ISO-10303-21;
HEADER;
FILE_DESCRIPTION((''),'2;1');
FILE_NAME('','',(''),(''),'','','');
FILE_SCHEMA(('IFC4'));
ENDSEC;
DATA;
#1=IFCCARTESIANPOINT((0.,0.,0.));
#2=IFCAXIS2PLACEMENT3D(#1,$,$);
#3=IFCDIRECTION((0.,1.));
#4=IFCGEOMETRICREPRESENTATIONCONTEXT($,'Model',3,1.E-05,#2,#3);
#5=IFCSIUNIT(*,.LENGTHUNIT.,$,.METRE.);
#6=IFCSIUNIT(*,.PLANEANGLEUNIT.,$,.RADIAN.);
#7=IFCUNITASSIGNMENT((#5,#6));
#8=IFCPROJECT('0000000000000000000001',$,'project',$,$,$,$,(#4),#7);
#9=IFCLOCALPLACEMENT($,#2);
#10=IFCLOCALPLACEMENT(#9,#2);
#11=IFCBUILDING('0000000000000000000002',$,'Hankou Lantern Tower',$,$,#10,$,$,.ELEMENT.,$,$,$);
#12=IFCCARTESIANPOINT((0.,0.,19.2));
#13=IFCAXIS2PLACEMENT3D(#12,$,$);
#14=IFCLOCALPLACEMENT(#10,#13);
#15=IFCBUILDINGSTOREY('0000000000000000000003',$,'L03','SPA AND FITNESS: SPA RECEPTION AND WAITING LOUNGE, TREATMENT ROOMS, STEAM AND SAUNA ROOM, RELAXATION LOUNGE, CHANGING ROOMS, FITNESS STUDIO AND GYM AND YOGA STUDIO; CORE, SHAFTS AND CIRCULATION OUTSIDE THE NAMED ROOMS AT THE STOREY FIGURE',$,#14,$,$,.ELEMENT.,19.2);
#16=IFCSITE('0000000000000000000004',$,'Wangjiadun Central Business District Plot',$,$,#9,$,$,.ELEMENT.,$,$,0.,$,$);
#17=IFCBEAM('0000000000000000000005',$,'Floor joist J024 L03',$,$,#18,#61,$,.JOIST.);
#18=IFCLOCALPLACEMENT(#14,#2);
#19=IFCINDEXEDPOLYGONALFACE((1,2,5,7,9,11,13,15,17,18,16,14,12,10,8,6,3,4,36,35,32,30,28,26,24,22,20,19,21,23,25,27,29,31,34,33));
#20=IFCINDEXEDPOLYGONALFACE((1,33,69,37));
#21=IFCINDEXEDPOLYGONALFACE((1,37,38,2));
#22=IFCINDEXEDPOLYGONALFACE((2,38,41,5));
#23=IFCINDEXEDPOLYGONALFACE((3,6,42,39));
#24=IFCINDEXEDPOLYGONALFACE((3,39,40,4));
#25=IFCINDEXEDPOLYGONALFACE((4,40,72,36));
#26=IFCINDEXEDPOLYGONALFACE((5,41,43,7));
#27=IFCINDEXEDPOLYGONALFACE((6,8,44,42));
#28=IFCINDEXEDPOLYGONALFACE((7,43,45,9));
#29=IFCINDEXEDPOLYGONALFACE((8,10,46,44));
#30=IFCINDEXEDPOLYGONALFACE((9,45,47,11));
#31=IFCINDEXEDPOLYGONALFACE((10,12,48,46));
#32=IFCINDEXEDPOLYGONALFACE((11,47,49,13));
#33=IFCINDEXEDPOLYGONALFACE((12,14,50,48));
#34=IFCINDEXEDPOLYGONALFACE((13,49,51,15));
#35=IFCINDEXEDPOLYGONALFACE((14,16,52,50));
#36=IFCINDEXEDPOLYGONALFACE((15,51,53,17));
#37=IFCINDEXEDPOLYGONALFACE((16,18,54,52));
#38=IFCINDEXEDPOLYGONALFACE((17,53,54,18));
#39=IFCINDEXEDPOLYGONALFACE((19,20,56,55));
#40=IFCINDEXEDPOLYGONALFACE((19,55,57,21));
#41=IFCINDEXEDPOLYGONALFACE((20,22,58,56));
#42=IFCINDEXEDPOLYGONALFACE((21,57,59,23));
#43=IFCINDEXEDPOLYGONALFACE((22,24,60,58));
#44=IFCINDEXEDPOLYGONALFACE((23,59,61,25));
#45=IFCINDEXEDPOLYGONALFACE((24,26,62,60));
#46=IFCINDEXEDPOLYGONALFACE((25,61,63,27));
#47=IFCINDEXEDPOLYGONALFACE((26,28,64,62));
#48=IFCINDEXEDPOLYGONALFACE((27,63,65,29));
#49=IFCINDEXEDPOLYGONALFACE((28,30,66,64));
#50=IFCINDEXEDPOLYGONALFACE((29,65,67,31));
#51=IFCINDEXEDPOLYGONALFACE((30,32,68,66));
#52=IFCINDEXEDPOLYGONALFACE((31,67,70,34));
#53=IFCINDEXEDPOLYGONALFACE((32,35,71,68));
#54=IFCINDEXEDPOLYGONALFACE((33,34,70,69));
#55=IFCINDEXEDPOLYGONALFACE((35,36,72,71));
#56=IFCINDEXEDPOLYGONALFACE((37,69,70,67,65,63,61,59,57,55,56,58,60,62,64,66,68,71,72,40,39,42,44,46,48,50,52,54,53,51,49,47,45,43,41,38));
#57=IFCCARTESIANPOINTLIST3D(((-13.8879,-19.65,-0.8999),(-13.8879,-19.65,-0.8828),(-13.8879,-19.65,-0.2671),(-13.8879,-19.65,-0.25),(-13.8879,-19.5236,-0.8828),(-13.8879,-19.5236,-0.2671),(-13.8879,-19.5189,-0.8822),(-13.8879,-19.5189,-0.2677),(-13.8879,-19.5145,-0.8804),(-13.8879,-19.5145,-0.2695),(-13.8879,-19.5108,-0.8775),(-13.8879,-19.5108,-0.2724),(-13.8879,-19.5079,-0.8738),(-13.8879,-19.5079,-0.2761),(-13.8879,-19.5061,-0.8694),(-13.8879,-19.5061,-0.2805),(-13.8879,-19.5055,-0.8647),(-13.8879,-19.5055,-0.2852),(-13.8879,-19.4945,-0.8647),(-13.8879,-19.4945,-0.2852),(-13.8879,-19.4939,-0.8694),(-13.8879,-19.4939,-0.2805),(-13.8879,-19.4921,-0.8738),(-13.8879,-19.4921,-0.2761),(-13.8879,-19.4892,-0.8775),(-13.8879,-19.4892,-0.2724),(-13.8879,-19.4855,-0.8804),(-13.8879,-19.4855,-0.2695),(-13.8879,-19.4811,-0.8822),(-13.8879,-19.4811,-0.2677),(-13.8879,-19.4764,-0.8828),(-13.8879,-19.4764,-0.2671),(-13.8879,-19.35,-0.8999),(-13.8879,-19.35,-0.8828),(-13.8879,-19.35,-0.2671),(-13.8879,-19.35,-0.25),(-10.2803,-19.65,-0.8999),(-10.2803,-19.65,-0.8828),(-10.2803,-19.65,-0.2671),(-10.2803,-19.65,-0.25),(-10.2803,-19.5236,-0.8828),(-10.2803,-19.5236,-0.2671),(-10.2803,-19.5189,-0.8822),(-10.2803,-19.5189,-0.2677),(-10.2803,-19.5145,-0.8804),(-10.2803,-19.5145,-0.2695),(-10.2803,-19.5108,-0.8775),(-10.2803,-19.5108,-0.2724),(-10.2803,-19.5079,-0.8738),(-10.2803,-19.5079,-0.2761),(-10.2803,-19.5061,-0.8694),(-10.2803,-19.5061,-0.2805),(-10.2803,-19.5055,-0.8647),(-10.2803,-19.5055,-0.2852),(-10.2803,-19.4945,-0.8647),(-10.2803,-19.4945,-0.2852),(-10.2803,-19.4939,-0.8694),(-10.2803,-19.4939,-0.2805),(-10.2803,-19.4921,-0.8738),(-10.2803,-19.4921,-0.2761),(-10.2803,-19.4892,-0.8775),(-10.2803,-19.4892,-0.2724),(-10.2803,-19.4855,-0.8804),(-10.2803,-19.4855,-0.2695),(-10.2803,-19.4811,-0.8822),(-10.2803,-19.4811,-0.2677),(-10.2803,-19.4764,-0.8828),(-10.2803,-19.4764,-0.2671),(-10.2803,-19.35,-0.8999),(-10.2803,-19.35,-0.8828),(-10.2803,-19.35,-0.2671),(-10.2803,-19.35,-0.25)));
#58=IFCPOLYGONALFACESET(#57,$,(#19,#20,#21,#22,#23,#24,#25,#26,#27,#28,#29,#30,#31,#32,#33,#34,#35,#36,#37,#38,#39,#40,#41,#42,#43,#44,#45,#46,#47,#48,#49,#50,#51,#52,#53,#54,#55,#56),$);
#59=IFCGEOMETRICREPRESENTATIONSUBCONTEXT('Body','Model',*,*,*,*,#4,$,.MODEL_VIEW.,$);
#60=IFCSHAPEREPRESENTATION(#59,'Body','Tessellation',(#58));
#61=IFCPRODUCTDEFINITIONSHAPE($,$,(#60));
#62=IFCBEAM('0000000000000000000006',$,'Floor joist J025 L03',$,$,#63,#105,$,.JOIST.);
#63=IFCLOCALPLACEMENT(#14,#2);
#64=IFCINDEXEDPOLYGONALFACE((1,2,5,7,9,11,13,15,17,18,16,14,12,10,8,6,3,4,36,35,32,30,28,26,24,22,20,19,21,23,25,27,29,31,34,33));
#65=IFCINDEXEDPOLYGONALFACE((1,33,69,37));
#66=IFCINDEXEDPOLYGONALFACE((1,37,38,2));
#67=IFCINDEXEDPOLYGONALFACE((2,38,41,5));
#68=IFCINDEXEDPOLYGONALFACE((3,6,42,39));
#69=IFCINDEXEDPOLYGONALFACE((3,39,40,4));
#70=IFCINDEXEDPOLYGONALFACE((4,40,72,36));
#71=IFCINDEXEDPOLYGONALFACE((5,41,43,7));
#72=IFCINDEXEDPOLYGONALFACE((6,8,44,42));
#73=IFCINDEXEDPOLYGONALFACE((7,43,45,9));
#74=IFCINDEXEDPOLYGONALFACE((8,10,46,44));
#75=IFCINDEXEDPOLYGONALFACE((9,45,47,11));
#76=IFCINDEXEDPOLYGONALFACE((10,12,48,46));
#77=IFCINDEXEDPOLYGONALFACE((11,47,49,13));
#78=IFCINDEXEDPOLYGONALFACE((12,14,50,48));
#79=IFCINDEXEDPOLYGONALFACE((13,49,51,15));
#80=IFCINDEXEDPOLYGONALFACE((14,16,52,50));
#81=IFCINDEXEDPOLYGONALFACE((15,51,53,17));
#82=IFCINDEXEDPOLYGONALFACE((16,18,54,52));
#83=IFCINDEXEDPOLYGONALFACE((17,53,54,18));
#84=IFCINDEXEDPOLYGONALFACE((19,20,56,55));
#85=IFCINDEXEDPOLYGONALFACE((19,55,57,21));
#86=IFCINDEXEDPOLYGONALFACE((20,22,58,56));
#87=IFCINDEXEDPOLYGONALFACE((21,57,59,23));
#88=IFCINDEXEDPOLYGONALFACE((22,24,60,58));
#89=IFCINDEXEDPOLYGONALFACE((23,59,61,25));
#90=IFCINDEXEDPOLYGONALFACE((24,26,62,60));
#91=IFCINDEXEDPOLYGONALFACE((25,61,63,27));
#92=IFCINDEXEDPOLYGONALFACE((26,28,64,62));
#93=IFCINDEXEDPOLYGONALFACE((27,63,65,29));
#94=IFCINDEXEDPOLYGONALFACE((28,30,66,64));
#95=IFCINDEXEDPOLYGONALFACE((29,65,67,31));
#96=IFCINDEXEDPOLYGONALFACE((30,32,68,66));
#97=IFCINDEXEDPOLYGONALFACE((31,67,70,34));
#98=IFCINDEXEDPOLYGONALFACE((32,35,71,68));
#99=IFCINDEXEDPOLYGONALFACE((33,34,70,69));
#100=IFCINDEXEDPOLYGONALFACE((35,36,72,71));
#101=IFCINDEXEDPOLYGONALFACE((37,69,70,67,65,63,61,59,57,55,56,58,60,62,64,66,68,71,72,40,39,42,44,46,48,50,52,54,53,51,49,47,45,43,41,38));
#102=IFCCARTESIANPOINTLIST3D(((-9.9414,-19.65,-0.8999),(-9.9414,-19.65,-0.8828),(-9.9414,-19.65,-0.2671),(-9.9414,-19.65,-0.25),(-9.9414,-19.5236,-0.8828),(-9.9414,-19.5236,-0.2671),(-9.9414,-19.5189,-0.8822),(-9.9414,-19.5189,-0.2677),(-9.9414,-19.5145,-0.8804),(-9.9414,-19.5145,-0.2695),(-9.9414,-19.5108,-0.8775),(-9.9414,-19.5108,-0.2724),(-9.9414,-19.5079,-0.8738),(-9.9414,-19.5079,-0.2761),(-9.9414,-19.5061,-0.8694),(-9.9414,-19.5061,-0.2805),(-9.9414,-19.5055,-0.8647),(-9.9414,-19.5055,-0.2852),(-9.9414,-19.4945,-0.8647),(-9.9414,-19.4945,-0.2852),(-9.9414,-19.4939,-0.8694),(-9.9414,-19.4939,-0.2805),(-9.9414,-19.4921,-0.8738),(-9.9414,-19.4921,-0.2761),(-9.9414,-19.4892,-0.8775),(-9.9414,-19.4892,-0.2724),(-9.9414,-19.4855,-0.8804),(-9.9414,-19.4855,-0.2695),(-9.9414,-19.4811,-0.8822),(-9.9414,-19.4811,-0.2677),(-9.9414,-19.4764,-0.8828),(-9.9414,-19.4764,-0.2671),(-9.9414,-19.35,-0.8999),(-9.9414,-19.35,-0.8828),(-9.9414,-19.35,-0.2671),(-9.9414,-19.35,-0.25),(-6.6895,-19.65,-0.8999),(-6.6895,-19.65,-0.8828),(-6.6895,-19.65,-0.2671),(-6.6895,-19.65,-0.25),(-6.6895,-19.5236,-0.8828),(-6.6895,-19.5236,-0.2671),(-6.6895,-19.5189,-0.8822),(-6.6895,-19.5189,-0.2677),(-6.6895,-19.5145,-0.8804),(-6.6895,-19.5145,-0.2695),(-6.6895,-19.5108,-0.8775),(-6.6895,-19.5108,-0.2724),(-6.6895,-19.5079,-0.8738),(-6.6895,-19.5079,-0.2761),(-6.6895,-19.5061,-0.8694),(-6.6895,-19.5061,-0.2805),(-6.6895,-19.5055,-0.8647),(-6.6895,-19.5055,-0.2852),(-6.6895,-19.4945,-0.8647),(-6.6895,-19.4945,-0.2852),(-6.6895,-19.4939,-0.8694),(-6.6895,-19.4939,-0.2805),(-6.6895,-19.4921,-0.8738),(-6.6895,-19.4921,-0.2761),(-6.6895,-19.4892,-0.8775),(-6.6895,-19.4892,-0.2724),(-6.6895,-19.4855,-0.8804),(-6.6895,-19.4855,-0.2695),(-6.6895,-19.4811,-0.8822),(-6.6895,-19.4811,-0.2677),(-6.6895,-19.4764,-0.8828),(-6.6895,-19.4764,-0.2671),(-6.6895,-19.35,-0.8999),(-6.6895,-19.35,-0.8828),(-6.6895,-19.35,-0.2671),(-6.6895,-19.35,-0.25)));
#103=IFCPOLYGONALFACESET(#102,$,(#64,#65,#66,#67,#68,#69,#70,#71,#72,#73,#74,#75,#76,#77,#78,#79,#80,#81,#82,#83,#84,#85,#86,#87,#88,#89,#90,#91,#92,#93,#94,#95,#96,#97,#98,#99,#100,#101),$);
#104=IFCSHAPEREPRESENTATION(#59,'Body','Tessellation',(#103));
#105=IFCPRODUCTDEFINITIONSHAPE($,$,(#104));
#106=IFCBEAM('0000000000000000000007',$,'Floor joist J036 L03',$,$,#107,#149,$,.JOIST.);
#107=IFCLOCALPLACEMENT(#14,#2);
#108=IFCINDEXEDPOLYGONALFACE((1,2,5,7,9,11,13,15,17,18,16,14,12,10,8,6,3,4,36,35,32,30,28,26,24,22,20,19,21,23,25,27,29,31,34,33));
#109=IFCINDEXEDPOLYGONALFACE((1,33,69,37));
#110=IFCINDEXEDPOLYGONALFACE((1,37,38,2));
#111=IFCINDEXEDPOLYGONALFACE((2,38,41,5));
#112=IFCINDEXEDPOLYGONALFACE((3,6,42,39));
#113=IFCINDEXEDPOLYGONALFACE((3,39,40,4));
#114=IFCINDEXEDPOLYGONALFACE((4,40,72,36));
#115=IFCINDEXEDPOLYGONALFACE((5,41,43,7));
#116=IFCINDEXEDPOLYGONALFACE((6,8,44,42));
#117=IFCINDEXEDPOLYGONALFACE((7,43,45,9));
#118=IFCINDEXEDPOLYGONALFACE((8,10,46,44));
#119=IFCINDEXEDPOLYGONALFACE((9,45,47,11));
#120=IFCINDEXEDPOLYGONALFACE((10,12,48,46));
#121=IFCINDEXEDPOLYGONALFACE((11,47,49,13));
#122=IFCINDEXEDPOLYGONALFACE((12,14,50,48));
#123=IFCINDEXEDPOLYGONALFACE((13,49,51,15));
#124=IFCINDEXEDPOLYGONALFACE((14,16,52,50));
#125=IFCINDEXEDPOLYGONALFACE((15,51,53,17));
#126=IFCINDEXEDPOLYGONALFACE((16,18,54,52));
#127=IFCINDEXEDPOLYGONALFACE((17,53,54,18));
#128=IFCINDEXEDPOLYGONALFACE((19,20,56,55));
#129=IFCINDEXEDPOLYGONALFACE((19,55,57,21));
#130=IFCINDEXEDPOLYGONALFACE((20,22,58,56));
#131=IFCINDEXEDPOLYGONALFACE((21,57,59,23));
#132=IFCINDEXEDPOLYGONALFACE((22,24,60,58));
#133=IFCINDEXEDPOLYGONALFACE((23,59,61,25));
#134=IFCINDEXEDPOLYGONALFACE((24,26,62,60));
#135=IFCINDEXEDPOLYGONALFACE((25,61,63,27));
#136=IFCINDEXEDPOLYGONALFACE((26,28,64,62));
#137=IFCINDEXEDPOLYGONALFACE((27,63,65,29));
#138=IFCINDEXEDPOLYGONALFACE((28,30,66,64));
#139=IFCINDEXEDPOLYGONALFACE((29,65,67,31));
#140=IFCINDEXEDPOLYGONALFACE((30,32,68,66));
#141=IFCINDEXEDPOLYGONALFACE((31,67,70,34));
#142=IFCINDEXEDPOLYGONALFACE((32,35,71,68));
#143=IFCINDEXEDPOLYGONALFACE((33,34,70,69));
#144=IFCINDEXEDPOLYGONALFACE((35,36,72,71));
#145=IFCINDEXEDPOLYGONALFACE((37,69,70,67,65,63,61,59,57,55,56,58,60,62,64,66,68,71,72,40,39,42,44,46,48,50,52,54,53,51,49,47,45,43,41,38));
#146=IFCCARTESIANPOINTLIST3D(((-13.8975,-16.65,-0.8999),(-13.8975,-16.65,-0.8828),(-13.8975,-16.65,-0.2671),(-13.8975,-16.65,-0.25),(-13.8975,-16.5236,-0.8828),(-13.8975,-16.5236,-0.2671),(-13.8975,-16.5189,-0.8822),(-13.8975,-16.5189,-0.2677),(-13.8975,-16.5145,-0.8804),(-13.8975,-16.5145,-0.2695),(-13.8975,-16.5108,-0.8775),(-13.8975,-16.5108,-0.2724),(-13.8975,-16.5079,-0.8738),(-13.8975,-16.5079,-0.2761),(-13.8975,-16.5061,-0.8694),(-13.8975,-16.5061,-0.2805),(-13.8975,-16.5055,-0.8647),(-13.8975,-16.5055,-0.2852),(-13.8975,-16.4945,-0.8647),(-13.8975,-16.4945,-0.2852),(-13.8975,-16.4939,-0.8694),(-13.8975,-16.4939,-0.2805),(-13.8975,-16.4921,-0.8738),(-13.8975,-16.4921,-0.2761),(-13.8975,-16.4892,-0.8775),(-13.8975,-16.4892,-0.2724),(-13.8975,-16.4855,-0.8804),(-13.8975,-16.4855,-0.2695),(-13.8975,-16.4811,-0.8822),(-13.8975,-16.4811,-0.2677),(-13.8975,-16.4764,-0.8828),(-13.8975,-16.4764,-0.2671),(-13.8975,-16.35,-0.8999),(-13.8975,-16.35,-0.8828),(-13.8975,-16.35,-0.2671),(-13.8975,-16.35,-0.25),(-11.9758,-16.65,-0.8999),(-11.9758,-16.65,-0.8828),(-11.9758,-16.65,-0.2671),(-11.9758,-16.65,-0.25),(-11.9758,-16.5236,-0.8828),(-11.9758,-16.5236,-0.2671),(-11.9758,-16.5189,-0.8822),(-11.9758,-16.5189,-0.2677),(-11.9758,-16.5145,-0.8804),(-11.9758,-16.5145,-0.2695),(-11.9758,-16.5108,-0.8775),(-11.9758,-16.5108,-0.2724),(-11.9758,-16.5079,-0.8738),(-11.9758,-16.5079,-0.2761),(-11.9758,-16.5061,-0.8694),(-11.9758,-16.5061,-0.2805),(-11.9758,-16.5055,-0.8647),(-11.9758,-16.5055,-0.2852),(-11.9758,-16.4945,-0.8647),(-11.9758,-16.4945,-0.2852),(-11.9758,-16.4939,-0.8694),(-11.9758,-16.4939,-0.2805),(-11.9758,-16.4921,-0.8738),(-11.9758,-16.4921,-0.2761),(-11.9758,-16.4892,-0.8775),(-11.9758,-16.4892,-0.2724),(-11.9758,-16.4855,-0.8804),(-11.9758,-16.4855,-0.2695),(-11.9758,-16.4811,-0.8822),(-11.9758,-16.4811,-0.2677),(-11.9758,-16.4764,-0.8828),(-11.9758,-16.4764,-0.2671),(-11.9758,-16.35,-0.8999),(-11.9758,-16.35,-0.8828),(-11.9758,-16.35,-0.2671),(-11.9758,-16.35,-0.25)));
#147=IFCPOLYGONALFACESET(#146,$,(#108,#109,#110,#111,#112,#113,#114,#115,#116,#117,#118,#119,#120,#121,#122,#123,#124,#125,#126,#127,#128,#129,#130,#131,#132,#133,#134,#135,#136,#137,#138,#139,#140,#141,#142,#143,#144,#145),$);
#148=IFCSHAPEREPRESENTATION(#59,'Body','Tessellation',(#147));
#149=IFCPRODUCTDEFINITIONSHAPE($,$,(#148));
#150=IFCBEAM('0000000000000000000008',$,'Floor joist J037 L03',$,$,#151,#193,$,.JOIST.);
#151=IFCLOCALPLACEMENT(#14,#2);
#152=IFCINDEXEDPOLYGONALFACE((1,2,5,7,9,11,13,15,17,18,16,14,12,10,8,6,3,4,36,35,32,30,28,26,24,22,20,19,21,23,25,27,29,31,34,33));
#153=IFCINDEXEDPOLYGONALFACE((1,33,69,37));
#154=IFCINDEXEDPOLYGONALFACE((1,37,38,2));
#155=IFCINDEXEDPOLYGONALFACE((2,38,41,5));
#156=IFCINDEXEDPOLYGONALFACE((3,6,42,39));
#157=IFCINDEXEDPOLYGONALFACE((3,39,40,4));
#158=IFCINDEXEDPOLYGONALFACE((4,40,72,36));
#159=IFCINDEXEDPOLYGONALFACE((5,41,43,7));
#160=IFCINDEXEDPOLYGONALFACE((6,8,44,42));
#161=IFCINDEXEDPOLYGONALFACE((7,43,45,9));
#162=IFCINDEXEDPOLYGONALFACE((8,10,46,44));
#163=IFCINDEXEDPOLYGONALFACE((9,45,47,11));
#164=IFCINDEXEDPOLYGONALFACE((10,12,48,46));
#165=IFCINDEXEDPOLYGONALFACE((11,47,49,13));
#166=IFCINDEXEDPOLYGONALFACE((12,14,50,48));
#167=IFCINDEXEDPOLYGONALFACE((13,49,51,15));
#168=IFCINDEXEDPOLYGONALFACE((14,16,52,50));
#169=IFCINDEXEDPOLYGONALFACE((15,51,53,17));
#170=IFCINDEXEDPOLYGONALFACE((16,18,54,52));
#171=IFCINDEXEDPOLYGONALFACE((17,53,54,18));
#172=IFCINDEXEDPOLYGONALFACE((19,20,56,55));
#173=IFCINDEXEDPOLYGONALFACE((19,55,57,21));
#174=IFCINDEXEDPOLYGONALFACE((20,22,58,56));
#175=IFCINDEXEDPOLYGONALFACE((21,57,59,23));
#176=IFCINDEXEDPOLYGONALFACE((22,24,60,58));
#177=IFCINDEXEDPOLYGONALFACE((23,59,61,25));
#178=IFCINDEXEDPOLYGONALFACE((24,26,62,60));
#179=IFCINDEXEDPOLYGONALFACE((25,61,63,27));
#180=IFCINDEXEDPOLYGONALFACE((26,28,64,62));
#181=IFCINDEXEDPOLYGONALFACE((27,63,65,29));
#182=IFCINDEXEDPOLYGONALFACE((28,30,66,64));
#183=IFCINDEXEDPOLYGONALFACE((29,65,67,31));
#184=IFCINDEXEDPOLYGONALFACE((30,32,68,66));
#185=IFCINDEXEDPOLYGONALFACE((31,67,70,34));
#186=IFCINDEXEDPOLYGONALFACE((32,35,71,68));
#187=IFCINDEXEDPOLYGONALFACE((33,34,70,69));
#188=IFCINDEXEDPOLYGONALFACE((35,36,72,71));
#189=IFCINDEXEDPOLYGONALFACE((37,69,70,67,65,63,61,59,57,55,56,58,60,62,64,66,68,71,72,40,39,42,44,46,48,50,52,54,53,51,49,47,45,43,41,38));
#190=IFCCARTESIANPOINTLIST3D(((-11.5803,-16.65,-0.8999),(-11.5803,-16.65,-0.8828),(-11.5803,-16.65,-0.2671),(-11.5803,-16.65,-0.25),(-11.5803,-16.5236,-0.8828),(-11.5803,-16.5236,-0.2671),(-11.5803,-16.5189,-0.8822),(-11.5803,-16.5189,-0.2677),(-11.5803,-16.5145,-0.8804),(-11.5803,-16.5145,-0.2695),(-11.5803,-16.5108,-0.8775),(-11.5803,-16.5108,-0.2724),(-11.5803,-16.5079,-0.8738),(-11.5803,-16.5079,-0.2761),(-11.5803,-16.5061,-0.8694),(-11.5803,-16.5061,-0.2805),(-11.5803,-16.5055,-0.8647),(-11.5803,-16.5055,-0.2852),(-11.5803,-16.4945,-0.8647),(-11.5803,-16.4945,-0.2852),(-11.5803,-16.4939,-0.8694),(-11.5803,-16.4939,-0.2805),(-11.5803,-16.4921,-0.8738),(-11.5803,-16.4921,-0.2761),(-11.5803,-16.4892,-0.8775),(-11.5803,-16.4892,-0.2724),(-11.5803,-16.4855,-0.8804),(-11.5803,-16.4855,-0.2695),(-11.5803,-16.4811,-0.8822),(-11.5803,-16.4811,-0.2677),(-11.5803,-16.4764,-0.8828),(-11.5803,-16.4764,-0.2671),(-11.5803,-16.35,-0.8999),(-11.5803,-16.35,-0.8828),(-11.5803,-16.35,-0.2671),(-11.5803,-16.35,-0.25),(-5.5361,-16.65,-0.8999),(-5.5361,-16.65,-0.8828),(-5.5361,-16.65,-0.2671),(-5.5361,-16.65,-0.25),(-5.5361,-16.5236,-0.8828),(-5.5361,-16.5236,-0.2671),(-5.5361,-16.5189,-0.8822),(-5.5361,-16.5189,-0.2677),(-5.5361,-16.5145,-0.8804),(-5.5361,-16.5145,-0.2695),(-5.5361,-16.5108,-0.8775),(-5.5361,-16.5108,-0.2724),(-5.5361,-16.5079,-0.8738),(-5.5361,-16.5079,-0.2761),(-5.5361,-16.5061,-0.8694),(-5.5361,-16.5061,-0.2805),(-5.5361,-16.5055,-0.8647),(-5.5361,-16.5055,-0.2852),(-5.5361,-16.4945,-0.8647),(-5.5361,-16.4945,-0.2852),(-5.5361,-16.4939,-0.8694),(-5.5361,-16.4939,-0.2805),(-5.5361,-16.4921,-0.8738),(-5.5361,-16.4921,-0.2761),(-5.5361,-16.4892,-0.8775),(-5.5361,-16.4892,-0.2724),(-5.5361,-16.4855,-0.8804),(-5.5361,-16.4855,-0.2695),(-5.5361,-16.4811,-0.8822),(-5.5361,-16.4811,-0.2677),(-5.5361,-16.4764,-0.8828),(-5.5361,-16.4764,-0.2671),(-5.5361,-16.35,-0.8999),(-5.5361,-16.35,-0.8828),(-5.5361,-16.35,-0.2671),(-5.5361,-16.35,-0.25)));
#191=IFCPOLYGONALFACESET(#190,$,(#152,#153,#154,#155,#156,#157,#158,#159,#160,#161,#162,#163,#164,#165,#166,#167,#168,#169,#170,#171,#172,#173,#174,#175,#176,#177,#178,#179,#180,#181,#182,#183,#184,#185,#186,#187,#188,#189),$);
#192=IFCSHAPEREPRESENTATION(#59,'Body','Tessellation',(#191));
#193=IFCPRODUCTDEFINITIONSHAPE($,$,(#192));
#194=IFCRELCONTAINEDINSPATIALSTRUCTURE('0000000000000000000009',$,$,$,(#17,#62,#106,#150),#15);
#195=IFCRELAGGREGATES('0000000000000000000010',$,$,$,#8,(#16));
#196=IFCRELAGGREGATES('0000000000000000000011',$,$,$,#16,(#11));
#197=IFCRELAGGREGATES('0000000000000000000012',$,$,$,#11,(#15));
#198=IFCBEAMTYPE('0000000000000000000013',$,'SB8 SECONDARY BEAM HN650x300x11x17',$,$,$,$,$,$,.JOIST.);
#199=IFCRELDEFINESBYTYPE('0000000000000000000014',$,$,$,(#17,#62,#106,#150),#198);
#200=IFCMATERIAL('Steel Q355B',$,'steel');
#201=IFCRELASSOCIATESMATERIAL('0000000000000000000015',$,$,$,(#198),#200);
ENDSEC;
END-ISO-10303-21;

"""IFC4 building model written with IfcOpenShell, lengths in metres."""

from ifc_helpers import new_model, si_unit, direction, frame, origin, origin_2d, place, context, subcontext, project, spatial, i_section, extrude, material, material_profile, profile_set, type_object, element, save


model = new_model("IFC4")

# Units and contexts
model_context = context("Model", 3, precision=1e-05, world=origin(), true_north=direction((0.0, 1.0)))
body_context = subcontext(model_context, "Body", "Model", "MODEL_VIEW")
ifc_project = project(units=[si_unit("LENGTHUNIT", "METRE"), si_unit("PLANEANGLEUNIT", "RADIAN")], contexts=[model_context])

# Site, building, storey
site_placement = place(None, origin())
site = spatial("IfcSite", under=ifc_project, at=site_placement, Name="Wangjiadun Central Business District Plot", CompositionType="ELEMENT", RefElevation=0.0)
building_placement = place(site_placement, origin())
building = spatial("IfcBuilding", under=site, at=building_placement, Name="Hankou Lantern Tower", CompositionType="ELEMENT")
storey_placement = place(building_placement, frame((0.0, 0.0, 19.2)))
storey = spatial("IfcBuildingStorey", under=building, at=storey_placement, Name="L03", Description="SPA AND FITNESS: SPA RECEPTION AND WAITING LOUNGE, TREATMENT ROOMS, STEAM AND SAUNA ROOM, RELAXATION LOUNGE, CHANGING ROOMS, FITNESS STUDIO AND GYM AND YOGA STUDIO; CORE, SHAFTS AND CIRCULATION OUTSIDE THE NAMED ROOMS AT THE STOREY FIGURE", CompositionType="ELEMENT", Elevation=19.2)

# Beams
ifc_material_1 = material(Name="Steel Q355B", Category="steel")
ifc_material_profile_1 = material_profile(ifc_material_1, i_section(OverallWidth=0.3, OverallDepth=0.6499, WebThickness=0.011, FlangeThickness=0.0171, FilletRadius=0.0181, at=origin_2d()), Name="HN650x300x11x17")
ifc_profile_set_1 = profile_set([ifc_material_profile_1], Name="Steel Q355B")
beam_type_1 = type_object("IfcBeamType", Name="SB8 SECONDARY BEAM HN650x300x11x17", PredefinedType="JOIST", material=ifc_profile_set_1)
beam_1_placement = place(storey_placement, frame((-13.8879, -19.5, -0.575), z_axis=(1.0, 0.0, 0.0), x_axis=(0.0, 1.0, 0.0)))
element("IfcBeam", 1, at=beam_1_placement, inside=storey, type_object=beam_type_1, Name="Floor joist J024 L03", PredefinedType="JOIST", context=body_context, shape_type="SweptSolid", body=[
    extrude(i_section(OverallWidth=0.3, OverallDepth=0.6499, WebThickness=0.011, FlangeThickness=0.0171, FilletRadius=0.0181, at=origin_2d()), origin(), (0.0, 0.0, 1.0), 3.6077),
])
beam_2_placement = place(storey_placement, frame((-9.9414, -19.5, -0.575), z_axis=(1.0, 0.0, 0.0), x_axis=(0.0, 1.0, 0.0)))
element("IfcBeam", 2, at=beam_2_placement, inside=storey, type_object=beam_type_1, Name="Floor joist J025 L03", PredefinedType="JOIST", context=body_context, shape_type="SweptSolid", body=[
    extrude(i_section(OverallWidth=0.3, OverallDepth=0.6499, WebThickness=0.011, FlangeThickness=0.0171, FilletRadius=0.0181, at=origin_2d()), origin(), (0.0, 0.0, 1.0), 3.252),
])
beam_3_placement = place(storey_placement, frame((-13.8975, -16.5, -0.575), z_axis=(1.0, 0.0, 0.0), x_axis=(0.0, 1.0, 0.0)))
element("IfcBeam", 3, at=beam_3_placement, inside=storey, type_object=beam_type_1, Name="Floor joist J036 L03", PredefinedType="JOIST", context=body_context, shape_type="SweptSolid", body=[
    extrude(i_section(OverallWidth=0.3, OverallDepth=0.6499, WebThickness=0.011, FlangeThickness=0.0171, FilletRadius=0.0181, at=origin_2d()), origin(), (0.0, 0.0, 1.0), 1.9216),
])
beam_4_placement = place(storey_placement, frame((-11.5803, -16.5, -0.575), z_axis=(1.0, 0.0, 0.0), x_axis=(0.0, 1.0, 0.0)))
element("IfcBeam", 4, at=beam_4_placement, inside=storey, type_object=beam_type_1, Name="Floor joist J037 L03", PredefinedType="JOIST", context=body_context, shape_type="SweptSolid", body=[
    extrude(i_section(OverallWidth=0.3, OverallDepth=0.6499, WebThickness=0.011, FlangeThickness=0.0171, FilletRadius=0.0181, at=origin_2d()), origin(), (0.0, 0.0, 1.0), 6.0442),
])

save(model, "model.ifc")
